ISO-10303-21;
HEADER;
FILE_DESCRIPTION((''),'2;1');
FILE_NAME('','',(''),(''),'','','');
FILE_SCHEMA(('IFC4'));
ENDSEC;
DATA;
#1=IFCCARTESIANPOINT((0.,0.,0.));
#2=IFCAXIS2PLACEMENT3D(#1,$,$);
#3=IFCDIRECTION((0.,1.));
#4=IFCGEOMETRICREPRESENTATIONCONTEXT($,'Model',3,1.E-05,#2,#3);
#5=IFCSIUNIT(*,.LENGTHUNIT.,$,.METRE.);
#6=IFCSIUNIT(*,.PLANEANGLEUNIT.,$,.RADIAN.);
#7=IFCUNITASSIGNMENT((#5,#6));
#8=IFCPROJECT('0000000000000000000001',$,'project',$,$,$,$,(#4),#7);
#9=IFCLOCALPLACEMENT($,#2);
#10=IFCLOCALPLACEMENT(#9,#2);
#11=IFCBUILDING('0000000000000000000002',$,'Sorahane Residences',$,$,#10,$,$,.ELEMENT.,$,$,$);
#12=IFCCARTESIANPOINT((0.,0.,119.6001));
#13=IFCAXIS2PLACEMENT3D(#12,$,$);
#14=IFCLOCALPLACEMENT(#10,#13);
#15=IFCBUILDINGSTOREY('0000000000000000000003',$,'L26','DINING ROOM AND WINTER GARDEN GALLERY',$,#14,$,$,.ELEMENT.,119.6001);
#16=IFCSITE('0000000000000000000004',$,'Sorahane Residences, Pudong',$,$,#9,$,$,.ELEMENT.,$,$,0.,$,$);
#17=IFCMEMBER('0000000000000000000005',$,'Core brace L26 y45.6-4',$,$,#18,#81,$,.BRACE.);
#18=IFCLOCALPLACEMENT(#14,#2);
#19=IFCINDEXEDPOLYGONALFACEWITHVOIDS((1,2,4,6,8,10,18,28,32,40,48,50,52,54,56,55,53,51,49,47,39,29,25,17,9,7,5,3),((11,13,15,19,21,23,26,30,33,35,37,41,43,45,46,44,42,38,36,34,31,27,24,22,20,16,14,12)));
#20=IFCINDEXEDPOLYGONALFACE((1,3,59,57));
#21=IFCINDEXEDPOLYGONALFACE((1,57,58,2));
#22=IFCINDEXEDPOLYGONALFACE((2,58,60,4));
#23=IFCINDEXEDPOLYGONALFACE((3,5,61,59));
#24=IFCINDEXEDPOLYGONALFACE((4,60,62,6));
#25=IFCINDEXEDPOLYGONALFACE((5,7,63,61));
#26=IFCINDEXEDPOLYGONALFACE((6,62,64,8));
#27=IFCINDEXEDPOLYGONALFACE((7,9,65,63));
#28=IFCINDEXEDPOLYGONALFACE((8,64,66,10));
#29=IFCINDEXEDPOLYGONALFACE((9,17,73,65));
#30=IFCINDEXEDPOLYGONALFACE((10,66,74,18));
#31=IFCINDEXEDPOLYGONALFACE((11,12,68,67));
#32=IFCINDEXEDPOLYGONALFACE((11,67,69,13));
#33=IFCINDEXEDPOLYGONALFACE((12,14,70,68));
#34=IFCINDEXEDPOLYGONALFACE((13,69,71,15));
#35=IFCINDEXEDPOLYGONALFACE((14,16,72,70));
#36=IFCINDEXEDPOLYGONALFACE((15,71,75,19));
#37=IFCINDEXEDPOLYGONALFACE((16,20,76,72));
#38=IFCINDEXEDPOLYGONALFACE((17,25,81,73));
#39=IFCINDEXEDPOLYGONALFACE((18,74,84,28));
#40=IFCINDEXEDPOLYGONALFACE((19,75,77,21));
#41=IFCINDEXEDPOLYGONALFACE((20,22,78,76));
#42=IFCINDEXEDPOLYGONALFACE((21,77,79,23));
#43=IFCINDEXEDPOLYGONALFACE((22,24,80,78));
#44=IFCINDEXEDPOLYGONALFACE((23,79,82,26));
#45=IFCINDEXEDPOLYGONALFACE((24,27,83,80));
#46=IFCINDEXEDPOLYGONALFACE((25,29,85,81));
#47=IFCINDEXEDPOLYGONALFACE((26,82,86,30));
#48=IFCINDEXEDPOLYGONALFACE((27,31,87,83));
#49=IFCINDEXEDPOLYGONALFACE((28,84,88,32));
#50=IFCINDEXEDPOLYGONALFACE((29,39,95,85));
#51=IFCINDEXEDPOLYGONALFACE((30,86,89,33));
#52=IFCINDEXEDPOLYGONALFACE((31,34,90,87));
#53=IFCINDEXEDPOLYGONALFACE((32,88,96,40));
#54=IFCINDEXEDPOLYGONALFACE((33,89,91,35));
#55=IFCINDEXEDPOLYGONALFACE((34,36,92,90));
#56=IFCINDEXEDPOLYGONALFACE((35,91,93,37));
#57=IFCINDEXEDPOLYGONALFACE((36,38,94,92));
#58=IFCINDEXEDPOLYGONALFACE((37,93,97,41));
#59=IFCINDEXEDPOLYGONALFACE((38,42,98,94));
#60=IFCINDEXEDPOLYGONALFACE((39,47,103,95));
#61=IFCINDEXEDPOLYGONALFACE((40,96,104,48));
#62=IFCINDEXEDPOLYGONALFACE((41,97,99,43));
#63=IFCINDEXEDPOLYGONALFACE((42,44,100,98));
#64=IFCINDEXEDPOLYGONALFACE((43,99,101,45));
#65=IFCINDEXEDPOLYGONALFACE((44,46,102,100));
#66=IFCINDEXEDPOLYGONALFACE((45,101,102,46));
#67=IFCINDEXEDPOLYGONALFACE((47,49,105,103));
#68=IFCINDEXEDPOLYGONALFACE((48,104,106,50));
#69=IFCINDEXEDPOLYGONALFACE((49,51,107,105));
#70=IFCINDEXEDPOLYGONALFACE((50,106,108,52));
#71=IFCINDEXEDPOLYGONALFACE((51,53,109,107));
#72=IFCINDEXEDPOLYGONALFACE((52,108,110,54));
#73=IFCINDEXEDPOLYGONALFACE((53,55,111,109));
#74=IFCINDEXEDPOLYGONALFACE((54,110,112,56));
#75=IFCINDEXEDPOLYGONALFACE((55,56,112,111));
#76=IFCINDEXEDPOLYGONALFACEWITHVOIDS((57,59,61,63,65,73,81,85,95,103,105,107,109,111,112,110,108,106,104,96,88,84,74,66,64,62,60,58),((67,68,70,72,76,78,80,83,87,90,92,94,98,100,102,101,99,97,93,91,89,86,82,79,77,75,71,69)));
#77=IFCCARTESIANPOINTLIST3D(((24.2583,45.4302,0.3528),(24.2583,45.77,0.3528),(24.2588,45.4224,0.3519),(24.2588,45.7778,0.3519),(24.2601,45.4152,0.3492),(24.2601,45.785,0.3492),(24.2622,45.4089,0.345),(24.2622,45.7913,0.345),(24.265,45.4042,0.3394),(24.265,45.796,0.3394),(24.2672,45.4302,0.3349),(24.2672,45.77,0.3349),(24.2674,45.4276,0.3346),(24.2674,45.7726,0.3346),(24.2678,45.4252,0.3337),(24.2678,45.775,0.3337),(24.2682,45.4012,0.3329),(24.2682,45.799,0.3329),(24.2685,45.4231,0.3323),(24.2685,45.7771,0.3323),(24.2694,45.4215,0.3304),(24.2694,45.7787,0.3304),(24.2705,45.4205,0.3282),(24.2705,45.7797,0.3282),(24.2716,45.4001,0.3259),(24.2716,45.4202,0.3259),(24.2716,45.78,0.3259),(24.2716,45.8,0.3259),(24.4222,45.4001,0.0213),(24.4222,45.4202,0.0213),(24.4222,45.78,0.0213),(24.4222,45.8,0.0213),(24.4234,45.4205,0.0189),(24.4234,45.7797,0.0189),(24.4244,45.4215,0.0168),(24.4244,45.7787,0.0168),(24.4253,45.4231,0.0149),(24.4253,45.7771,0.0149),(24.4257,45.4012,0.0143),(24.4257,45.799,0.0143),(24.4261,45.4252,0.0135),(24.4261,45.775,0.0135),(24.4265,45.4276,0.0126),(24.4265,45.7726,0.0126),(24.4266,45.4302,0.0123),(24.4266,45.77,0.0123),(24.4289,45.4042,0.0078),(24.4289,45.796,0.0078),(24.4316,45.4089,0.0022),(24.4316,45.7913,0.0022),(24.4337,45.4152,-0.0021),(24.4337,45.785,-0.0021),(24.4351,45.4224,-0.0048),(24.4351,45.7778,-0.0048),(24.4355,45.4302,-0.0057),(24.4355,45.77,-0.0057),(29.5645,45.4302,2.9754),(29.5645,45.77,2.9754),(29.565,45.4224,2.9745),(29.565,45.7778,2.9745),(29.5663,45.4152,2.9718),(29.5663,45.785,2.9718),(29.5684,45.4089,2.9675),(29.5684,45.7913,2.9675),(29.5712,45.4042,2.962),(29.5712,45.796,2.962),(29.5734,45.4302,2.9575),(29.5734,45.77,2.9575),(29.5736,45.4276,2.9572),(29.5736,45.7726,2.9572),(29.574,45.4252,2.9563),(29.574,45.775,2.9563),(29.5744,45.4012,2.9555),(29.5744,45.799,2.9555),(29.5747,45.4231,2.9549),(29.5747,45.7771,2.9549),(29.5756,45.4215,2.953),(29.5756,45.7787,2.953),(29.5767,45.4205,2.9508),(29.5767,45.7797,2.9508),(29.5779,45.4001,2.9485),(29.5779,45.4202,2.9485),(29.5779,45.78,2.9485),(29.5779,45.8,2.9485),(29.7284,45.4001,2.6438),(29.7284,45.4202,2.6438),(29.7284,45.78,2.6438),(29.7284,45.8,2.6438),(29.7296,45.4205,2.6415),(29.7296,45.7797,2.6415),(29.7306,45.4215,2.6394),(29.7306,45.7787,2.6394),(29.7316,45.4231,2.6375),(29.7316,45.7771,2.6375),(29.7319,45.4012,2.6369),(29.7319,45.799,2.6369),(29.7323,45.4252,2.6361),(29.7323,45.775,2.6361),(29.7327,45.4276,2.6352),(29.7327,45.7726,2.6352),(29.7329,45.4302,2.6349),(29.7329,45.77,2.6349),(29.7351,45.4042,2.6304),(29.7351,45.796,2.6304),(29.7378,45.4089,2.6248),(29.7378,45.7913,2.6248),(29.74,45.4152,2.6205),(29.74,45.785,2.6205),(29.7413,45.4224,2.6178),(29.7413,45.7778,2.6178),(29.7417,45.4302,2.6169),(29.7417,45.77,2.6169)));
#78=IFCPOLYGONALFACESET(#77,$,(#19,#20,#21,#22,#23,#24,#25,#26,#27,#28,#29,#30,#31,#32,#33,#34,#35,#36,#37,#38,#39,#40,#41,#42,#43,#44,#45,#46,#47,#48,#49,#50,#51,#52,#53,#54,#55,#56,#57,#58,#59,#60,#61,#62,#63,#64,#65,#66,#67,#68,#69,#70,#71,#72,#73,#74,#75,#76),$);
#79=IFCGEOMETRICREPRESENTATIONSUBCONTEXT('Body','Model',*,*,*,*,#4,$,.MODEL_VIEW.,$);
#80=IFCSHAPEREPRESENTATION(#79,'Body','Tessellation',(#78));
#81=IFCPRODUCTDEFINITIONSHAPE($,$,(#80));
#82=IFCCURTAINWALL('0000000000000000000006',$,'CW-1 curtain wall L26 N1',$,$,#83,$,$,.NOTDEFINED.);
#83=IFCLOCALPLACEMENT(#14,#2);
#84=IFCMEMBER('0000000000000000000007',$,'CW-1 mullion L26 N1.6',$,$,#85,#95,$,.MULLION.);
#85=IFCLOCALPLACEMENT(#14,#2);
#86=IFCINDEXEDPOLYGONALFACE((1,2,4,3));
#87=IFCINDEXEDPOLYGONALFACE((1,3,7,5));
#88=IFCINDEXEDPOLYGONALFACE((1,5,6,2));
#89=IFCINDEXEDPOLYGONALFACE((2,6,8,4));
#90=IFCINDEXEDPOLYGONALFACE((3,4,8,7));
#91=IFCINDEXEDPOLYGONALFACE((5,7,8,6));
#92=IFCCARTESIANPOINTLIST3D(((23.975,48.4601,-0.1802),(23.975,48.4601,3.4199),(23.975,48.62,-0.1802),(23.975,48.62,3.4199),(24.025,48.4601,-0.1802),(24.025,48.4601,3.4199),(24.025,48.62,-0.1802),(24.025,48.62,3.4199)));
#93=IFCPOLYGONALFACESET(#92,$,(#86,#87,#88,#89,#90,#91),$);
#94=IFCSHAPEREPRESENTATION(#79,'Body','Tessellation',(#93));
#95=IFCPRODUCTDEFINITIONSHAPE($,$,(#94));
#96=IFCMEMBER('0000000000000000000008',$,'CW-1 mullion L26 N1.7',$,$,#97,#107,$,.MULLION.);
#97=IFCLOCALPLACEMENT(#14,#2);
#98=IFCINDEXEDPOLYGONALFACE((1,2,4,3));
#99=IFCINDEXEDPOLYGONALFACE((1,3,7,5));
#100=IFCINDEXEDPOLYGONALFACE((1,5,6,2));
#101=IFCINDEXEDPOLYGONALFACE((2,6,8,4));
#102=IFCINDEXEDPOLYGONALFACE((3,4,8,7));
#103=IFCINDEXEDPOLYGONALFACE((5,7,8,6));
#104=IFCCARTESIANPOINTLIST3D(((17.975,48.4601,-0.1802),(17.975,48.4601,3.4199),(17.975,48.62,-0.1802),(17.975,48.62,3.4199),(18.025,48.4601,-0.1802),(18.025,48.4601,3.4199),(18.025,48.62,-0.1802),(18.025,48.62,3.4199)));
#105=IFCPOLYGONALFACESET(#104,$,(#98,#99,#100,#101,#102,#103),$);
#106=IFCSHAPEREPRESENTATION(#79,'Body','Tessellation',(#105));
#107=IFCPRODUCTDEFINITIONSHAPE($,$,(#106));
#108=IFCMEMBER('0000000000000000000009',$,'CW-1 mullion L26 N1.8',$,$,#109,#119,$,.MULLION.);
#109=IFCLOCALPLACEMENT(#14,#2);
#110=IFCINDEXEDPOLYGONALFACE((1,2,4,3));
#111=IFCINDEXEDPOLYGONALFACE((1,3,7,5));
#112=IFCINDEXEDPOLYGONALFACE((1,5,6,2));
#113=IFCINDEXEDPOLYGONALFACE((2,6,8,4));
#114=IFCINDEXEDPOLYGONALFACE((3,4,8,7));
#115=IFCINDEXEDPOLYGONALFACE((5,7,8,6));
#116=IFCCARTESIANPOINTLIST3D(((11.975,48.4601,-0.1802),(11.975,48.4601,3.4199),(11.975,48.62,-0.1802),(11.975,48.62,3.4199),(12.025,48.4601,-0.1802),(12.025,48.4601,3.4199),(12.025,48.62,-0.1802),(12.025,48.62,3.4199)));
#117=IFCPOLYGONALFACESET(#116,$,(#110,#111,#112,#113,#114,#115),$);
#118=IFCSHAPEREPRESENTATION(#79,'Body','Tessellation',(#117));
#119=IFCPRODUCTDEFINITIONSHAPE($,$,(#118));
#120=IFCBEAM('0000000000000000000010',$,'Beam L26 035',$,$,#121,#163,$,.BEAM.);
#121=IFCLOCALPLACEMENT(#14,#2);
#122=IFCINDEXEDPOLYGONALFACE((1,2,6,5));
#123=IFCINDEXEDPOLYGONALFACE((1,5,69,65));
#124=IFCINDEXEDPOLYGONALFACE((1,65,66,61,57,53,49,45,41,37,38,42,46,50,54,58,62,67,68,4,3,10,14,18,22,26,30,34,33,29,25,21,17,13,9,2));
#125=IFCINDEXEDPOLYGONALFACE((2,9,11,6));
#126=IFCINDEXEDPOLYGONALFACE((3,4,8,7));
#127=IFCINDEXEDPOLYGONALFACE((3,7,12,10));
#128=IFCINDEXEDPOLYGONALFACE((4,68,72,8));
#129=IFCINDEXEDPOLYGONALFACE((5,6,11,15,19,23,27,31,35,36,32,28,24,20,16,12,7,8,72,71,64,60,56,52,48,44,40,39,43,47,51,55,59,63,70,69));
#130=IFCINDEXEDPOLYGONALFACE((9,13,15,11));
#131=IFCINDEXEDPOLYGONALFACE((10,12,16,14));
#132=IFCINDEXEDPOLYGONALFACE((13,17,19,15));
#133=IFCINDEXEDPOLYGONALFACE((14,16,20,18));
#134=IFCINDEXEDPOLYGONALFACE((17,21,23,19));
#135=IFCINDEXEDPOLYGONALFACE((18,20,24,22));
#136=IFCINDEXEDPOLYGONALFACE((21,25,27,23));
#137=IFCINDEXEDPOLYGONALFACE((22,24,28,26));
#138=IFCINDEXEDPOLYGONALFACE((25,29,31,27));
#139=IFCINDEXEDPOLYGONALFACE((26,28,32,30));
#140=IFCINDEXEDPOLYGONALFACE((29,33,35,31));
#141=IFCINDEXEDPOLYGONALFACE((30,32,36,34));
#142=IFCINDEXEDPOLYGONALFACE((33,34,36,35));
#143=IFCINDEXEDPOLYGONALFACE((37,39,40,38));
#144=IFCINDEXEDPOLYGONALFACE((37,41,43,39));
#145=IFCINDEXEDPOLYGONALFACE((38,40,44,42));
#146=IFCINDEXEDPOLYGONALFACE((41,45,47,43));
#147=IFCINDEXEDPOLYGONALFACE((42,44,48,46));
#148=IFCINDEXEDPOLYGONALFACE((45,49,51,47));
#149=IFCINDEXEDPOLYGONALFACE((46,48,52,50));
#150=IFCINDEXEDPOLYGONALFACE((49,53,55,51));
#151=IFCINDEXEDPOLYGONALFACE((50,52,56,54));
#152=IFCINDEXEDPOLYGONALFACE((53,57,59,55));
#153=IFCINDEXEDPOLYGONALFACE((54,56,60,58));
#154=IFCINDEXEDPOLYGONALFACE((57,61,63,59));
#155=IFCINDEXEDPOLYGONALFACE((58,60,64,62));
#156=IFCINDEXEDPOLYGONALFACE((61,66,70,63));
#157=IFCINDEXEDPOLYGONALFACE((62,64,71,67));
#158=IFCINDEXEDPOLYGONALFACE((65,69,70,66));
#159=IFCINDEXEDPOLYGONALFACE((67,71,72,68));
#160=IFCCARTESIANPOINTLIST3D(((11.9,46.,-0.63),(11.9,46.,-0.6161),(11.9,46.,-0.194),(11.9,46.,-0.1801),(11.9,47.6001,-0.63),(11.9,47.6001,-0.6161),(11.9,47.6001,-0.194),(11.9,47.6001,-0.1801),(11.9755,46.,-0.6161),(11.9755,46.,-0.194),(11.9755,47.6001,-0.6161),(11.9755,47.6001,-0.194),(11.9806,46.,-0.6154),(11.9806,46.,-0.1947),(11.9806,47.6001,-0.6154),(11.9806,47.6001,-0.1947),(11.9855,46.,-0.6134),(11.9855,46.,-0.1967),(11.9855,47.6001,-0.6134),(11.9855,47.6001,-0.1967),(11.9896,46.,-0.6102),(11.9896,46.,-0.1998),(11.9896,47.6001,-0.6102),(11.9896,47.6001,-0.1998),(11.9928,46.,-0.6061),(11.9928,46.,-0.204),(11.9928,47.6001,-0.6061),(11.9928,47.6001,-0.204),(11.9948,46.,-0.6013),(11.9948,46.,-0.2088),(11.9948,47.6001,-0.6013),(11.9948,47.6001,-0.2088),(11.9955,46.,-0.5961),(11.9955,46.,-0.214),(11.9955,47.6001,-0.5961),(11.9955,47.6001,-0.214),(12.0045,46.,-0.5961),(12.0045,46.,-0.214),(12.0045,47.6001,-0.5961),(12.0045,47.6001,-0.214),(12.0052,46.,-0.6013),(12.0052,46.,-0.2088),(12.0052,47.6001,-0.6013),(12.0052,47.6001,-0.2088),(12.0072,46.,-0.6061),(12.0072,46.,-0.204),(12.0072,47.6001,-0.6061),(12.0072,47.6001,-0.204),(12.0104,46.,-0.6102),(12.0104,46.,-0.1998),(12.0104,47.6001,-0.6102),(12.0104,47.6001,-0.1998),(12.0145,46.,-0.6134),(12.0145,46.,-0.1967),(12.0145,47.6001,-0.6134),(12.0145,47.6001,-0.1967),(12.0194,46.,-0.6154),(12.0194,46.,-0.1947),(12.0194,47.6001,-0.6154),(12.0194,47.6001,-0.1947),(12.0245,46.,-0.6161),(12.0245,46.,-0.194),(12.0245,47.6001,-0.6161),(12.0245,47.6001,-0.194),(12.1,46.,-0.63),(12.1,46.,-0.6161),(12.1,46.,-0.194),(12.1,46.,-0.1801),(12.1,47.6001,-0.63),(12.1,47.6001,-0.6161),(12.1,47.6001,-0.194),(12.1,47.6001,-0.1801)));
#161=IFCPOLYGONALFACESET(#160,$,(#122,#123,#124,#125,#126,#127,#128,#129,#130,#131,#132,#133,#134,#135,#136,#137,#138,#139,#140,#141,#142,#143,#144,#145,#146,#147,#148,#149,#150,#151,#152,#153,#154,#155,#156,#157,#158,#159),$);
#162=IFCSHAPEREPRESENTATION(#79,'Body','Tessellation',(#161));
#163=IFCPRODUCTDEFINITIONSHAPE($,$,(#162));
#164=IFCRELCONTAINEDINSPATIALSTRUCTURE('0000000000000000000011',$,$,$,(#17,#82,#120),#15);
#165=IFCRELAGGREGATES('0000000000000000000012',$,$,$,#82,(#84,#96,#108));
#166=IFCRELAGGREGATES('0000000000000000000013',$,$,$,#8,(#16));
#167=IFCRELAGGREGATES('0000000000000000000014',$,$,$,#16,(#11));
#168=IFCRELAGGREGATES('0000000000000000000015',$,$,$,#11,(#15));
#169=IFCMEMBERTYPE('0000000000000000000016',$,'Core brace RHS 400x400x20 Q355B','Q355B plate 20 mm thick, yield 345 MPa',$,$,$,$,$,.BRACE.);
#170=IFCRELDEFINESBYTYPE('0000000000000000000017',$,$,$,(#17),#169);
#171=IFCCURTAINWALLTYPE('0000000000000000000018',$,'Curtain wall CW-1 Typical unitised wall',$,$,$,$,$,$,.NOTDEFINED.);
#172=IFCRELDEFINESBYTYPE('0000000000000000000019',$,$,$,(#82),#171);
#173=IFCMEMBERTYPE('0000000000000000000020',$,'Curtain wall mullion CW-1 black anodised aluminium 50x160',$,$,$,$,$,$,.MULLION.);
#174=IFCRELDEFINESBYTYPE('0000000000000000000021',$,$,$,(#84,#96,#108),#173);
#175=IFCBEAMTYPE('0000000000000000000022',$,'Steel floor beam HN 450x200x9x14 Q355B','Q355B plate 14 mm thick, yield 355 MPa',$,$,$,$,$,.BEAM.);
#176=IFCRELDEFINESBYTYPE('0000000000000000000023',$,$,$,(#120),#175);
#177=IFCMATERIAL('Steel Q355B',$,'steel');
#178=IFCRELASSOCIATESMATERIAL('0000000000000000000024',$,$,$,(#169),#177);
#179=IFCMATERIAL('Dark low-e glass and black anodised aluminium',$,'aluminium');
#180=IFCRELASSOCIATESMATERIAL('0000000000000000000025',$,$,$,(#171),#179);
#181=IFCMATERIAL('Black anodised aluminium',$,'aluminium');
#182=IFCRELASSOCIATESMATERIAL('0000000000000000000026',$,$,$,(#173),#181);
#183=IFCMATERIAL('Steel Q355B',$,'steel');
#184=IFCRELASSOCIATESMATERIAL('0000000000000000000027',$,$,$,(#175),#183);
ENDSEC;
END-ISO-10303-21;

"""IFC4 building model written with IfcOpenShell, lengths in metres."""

from ifc_helpers import new_model, si_unit, direction, frame, origin, origin_2d, place, context, subcontext, project, spatial, rectangle, hollow_rectangle, i_section, extrude, material, material_profile, profile_set, type_object, element, aggregate, save


model = new_model("IFC4")

# Units and contexts
model_context = context("Model", 3, precision=1e-05, world=origin(), true_north=direction((0.0, 1.0)))
body_context = subcontext(model_context, "Body", "Model", "MODEL_VIEW")
ifc_project = project(units=[si_unit("LENGTHUNIT", "METRE"), si_unit("PLANEANGLEUNIT", "RADIAN")], contexts=[model_context])

# Site, building, storey
site_placement = place(None, origin())
site = spatial("IfcSite", under=ifc_project, at=site_placement, Name="Sorahane Residences, Pudong", CompositionType="ELEMENT", RefElevation=0.0)
building_placement = place(site_placement, origin())
building = spatial("IfcBuilding", under=site, at=building_placement, Name="Sorahane Residences", CompositionType="ELEMENT")
storey_placement = place(building_placement, frame((0.0, 0.0, 119.6001)))
storey = spatial("IfcBuildingStorey", under=building, at=storey_placement, Name="L26", Description="DINING ROOM AND WINTER GARDEN GALLERY", CompositionType="ELEMENT", Elevation=119.6001)

# Member
ifc_material_1 = material(Name="Steel Q355B", Category="steel")
ifc_material_profile_1 = material_profile(ifc_material_1, hollow_rectangle(XDim=0.3999, YDim=0.3999, WallThickness=0.02, InnerFilletRadius=0.01, OuterFilletRadius=0.03, at=origin_2d()), Name="RHS 400x400x20")
ifc_profile_set_1 = profile_set([ifc_material_profile_1], Name="Steel Q355B")
member_type_1 = type_object("IfcMemberType", Name="Core brace RHS 400x400x20 Q355B", Description="Q355B plate 20 mm thick, yield 345 MPa", PredefinedType="BRACE", material=ifc_profile_set_1)
for number, where, z_axis, x_axis, name in (
    (1, (24.3469, 45.6001, 0.1736), (0.89648, 0.0, 0.443084), (0.0, 1.0, 0.0), "Core brace L26 y45.6-4"),
):
    element("IfcMember", number, at=place(storey_placement, frame(where, z_axis=z_axis, x_axis=x_axis)), inside=storey, type_object=member_type_1, Name=name, PredefinedType="BRACE", context=body_context, shape_type="SweptSolid", body=[
        extrude(hollow_rectangle(XDim=0.3999, YDim=0.3999, WallThickness=0.02, InnerFilletRadius=0.01, OuterFilletRadius=0.03, at=origin_2d()), origin(), (0.0, 0.0, 1.0), 5.9189),
    ])

# Curtain wall, members
ifc_material_2 = material(Name="Dark low-e glass and black anodised aluminium", Category="aluminium")
curtain_wall_type = type_object("IfcCurtainWallType", Name="Curtain wall CW-1 Typical unitised wall", PredefinedType="NOTDEFINED", material=ifc_material_2)
curtain_wall_placement = place(storey_placement, origin())
curtain_wall = element("IfcCurtainWall", 2, at=curtain_wall_placement, inside=storey, type_object=curtain_wall_type, Name="CW-1 curtain wall L26 N1", PredefinedType="NOTDEFINED")
ifc_material_3 = material(Name="Black anodised aluminium", Category="aluminium")
ifc_material_profile_2 = material_profile(ifc_material_3, rectangle(XDim=0.1599, YDim=0.05, at=origin_2d()), Name="Curtain wall mullion CW-1 black anodised aluminium 50x160")
ifc_profile_set_2 = profile_set([ifc_material_profile_2], Name="Black anodised aluminium")
member_type_2 = type_object("IfcMemberType", Name="Curtain wall mullion CW-1 black anodised aluminium 50x160", PredefinedType="MULLION", material=ifc_profile_set_2)
member_1_placement = place(storey_placement, frame((24.0, 48.54, -0.1802), z_axis=(0.0, 0.0, 1.0), x_axis=(0.0, 1.0, 0.0)))
member_1 = element("IfcMember", 3, at=member_1_placement, type_object=member_type_2, Name="CW-1 mullion L26 N1.6", PredefinedType="MULLION", context=body_context, shape_type="SweptSolid", body=[
    extrude(rectangle(XDim=0.1599, YDim=0.05, at=origin_2d()), origin(), (0.0, 0.0, 1.0), 3.6001),
])
member_2_placement = place(storey_placement, frame((18.0, 48.54, -0.1802), z_axis=(0.0, 0.0, 1.0), x_axis=(0.0, 1.0, 0.0)))
member_2 = element("IfcMember", 4, at=member_2_placement, type_object=member_type_2, Name="CW-1 mullion L26 N1.7", PredefinedType="MULLION", context=body_context, shape_type="SweptSolid", body=[
    extrude(rectangle(XDim=0.1599, YDim=0.05, at=origin_2d()), origin(), (0.0, 0.0, 1.0), 3.6001),
])
member_3_placement = place(storey_placement, frame((12.0, 48.54, -0.1802), z_axis=(0.0, 0.0, 1.0), x_axis=(0.0, 1.0, 0.0)))
member_3 = element("IfcMember", 5, at=member_3_placement, type_object=member_type_2, Name="CW-1 mullion L26 N1.8", PredefinedType="MULLION", context=body_context, shape_type="SweptSolid", body=[
    extrude(rectangle(XDim=0.1599, YDim=0.05, at=origin_2d()), origin(), (0.0, 0.0, 1.0), 3.6001),
])

# Beam
ifc_material_4 = material(Name="Steel Q355B", Category="steel")
ifc_material_profile_3 = material_profile(ifc_material_4, i_section(OverallWidth=0.2, OverallDepth=0.45, WebThickness=0.009, FlangeThickness=0.0139, FilletRadius=0.02, at=origin_2d()), Name="HN 450x200x9x14")
ifc_profile_set_3 = profile_set([ifc_material_profile_3], Name="Steel Q355B")
beam_type_1 = type_object("IfcBeamType", Name="Steel floor beam HN 450x200x9x14 Q355B", Description="Q355B plate 14 mm thick, yield 355 MPa", PredefinedType="BEAM", material=ifc_profile_set_3)
beam_1_placement = place(storey_placement, frame((12.0, 46.0, -0.405), z_axis=(0.0, 1.0, 0.0), x_axis=(-1.0, 0.0, 0.0)))
element("IfcBeam", 6, at=beam_1_placement, inside=storey, type_object=beam_type_1, Name="Beam L26 035", PredefinedType="BEAM", context=body_context, shape_type="SweptSolid", body=[
    extrude(i_section(OverallWidth=0.2, OverallDepth=0.45, WebThickness=0.009, FlangeThickness=0.0139, FilletRadius=0.02, at=origin_2d()), origin(), (0.0, 0.0, 1.0), 1.6001),
])

aggregate(curtain_wall, [member_1, member_2, member_3])

save(model, "model.ifc")
